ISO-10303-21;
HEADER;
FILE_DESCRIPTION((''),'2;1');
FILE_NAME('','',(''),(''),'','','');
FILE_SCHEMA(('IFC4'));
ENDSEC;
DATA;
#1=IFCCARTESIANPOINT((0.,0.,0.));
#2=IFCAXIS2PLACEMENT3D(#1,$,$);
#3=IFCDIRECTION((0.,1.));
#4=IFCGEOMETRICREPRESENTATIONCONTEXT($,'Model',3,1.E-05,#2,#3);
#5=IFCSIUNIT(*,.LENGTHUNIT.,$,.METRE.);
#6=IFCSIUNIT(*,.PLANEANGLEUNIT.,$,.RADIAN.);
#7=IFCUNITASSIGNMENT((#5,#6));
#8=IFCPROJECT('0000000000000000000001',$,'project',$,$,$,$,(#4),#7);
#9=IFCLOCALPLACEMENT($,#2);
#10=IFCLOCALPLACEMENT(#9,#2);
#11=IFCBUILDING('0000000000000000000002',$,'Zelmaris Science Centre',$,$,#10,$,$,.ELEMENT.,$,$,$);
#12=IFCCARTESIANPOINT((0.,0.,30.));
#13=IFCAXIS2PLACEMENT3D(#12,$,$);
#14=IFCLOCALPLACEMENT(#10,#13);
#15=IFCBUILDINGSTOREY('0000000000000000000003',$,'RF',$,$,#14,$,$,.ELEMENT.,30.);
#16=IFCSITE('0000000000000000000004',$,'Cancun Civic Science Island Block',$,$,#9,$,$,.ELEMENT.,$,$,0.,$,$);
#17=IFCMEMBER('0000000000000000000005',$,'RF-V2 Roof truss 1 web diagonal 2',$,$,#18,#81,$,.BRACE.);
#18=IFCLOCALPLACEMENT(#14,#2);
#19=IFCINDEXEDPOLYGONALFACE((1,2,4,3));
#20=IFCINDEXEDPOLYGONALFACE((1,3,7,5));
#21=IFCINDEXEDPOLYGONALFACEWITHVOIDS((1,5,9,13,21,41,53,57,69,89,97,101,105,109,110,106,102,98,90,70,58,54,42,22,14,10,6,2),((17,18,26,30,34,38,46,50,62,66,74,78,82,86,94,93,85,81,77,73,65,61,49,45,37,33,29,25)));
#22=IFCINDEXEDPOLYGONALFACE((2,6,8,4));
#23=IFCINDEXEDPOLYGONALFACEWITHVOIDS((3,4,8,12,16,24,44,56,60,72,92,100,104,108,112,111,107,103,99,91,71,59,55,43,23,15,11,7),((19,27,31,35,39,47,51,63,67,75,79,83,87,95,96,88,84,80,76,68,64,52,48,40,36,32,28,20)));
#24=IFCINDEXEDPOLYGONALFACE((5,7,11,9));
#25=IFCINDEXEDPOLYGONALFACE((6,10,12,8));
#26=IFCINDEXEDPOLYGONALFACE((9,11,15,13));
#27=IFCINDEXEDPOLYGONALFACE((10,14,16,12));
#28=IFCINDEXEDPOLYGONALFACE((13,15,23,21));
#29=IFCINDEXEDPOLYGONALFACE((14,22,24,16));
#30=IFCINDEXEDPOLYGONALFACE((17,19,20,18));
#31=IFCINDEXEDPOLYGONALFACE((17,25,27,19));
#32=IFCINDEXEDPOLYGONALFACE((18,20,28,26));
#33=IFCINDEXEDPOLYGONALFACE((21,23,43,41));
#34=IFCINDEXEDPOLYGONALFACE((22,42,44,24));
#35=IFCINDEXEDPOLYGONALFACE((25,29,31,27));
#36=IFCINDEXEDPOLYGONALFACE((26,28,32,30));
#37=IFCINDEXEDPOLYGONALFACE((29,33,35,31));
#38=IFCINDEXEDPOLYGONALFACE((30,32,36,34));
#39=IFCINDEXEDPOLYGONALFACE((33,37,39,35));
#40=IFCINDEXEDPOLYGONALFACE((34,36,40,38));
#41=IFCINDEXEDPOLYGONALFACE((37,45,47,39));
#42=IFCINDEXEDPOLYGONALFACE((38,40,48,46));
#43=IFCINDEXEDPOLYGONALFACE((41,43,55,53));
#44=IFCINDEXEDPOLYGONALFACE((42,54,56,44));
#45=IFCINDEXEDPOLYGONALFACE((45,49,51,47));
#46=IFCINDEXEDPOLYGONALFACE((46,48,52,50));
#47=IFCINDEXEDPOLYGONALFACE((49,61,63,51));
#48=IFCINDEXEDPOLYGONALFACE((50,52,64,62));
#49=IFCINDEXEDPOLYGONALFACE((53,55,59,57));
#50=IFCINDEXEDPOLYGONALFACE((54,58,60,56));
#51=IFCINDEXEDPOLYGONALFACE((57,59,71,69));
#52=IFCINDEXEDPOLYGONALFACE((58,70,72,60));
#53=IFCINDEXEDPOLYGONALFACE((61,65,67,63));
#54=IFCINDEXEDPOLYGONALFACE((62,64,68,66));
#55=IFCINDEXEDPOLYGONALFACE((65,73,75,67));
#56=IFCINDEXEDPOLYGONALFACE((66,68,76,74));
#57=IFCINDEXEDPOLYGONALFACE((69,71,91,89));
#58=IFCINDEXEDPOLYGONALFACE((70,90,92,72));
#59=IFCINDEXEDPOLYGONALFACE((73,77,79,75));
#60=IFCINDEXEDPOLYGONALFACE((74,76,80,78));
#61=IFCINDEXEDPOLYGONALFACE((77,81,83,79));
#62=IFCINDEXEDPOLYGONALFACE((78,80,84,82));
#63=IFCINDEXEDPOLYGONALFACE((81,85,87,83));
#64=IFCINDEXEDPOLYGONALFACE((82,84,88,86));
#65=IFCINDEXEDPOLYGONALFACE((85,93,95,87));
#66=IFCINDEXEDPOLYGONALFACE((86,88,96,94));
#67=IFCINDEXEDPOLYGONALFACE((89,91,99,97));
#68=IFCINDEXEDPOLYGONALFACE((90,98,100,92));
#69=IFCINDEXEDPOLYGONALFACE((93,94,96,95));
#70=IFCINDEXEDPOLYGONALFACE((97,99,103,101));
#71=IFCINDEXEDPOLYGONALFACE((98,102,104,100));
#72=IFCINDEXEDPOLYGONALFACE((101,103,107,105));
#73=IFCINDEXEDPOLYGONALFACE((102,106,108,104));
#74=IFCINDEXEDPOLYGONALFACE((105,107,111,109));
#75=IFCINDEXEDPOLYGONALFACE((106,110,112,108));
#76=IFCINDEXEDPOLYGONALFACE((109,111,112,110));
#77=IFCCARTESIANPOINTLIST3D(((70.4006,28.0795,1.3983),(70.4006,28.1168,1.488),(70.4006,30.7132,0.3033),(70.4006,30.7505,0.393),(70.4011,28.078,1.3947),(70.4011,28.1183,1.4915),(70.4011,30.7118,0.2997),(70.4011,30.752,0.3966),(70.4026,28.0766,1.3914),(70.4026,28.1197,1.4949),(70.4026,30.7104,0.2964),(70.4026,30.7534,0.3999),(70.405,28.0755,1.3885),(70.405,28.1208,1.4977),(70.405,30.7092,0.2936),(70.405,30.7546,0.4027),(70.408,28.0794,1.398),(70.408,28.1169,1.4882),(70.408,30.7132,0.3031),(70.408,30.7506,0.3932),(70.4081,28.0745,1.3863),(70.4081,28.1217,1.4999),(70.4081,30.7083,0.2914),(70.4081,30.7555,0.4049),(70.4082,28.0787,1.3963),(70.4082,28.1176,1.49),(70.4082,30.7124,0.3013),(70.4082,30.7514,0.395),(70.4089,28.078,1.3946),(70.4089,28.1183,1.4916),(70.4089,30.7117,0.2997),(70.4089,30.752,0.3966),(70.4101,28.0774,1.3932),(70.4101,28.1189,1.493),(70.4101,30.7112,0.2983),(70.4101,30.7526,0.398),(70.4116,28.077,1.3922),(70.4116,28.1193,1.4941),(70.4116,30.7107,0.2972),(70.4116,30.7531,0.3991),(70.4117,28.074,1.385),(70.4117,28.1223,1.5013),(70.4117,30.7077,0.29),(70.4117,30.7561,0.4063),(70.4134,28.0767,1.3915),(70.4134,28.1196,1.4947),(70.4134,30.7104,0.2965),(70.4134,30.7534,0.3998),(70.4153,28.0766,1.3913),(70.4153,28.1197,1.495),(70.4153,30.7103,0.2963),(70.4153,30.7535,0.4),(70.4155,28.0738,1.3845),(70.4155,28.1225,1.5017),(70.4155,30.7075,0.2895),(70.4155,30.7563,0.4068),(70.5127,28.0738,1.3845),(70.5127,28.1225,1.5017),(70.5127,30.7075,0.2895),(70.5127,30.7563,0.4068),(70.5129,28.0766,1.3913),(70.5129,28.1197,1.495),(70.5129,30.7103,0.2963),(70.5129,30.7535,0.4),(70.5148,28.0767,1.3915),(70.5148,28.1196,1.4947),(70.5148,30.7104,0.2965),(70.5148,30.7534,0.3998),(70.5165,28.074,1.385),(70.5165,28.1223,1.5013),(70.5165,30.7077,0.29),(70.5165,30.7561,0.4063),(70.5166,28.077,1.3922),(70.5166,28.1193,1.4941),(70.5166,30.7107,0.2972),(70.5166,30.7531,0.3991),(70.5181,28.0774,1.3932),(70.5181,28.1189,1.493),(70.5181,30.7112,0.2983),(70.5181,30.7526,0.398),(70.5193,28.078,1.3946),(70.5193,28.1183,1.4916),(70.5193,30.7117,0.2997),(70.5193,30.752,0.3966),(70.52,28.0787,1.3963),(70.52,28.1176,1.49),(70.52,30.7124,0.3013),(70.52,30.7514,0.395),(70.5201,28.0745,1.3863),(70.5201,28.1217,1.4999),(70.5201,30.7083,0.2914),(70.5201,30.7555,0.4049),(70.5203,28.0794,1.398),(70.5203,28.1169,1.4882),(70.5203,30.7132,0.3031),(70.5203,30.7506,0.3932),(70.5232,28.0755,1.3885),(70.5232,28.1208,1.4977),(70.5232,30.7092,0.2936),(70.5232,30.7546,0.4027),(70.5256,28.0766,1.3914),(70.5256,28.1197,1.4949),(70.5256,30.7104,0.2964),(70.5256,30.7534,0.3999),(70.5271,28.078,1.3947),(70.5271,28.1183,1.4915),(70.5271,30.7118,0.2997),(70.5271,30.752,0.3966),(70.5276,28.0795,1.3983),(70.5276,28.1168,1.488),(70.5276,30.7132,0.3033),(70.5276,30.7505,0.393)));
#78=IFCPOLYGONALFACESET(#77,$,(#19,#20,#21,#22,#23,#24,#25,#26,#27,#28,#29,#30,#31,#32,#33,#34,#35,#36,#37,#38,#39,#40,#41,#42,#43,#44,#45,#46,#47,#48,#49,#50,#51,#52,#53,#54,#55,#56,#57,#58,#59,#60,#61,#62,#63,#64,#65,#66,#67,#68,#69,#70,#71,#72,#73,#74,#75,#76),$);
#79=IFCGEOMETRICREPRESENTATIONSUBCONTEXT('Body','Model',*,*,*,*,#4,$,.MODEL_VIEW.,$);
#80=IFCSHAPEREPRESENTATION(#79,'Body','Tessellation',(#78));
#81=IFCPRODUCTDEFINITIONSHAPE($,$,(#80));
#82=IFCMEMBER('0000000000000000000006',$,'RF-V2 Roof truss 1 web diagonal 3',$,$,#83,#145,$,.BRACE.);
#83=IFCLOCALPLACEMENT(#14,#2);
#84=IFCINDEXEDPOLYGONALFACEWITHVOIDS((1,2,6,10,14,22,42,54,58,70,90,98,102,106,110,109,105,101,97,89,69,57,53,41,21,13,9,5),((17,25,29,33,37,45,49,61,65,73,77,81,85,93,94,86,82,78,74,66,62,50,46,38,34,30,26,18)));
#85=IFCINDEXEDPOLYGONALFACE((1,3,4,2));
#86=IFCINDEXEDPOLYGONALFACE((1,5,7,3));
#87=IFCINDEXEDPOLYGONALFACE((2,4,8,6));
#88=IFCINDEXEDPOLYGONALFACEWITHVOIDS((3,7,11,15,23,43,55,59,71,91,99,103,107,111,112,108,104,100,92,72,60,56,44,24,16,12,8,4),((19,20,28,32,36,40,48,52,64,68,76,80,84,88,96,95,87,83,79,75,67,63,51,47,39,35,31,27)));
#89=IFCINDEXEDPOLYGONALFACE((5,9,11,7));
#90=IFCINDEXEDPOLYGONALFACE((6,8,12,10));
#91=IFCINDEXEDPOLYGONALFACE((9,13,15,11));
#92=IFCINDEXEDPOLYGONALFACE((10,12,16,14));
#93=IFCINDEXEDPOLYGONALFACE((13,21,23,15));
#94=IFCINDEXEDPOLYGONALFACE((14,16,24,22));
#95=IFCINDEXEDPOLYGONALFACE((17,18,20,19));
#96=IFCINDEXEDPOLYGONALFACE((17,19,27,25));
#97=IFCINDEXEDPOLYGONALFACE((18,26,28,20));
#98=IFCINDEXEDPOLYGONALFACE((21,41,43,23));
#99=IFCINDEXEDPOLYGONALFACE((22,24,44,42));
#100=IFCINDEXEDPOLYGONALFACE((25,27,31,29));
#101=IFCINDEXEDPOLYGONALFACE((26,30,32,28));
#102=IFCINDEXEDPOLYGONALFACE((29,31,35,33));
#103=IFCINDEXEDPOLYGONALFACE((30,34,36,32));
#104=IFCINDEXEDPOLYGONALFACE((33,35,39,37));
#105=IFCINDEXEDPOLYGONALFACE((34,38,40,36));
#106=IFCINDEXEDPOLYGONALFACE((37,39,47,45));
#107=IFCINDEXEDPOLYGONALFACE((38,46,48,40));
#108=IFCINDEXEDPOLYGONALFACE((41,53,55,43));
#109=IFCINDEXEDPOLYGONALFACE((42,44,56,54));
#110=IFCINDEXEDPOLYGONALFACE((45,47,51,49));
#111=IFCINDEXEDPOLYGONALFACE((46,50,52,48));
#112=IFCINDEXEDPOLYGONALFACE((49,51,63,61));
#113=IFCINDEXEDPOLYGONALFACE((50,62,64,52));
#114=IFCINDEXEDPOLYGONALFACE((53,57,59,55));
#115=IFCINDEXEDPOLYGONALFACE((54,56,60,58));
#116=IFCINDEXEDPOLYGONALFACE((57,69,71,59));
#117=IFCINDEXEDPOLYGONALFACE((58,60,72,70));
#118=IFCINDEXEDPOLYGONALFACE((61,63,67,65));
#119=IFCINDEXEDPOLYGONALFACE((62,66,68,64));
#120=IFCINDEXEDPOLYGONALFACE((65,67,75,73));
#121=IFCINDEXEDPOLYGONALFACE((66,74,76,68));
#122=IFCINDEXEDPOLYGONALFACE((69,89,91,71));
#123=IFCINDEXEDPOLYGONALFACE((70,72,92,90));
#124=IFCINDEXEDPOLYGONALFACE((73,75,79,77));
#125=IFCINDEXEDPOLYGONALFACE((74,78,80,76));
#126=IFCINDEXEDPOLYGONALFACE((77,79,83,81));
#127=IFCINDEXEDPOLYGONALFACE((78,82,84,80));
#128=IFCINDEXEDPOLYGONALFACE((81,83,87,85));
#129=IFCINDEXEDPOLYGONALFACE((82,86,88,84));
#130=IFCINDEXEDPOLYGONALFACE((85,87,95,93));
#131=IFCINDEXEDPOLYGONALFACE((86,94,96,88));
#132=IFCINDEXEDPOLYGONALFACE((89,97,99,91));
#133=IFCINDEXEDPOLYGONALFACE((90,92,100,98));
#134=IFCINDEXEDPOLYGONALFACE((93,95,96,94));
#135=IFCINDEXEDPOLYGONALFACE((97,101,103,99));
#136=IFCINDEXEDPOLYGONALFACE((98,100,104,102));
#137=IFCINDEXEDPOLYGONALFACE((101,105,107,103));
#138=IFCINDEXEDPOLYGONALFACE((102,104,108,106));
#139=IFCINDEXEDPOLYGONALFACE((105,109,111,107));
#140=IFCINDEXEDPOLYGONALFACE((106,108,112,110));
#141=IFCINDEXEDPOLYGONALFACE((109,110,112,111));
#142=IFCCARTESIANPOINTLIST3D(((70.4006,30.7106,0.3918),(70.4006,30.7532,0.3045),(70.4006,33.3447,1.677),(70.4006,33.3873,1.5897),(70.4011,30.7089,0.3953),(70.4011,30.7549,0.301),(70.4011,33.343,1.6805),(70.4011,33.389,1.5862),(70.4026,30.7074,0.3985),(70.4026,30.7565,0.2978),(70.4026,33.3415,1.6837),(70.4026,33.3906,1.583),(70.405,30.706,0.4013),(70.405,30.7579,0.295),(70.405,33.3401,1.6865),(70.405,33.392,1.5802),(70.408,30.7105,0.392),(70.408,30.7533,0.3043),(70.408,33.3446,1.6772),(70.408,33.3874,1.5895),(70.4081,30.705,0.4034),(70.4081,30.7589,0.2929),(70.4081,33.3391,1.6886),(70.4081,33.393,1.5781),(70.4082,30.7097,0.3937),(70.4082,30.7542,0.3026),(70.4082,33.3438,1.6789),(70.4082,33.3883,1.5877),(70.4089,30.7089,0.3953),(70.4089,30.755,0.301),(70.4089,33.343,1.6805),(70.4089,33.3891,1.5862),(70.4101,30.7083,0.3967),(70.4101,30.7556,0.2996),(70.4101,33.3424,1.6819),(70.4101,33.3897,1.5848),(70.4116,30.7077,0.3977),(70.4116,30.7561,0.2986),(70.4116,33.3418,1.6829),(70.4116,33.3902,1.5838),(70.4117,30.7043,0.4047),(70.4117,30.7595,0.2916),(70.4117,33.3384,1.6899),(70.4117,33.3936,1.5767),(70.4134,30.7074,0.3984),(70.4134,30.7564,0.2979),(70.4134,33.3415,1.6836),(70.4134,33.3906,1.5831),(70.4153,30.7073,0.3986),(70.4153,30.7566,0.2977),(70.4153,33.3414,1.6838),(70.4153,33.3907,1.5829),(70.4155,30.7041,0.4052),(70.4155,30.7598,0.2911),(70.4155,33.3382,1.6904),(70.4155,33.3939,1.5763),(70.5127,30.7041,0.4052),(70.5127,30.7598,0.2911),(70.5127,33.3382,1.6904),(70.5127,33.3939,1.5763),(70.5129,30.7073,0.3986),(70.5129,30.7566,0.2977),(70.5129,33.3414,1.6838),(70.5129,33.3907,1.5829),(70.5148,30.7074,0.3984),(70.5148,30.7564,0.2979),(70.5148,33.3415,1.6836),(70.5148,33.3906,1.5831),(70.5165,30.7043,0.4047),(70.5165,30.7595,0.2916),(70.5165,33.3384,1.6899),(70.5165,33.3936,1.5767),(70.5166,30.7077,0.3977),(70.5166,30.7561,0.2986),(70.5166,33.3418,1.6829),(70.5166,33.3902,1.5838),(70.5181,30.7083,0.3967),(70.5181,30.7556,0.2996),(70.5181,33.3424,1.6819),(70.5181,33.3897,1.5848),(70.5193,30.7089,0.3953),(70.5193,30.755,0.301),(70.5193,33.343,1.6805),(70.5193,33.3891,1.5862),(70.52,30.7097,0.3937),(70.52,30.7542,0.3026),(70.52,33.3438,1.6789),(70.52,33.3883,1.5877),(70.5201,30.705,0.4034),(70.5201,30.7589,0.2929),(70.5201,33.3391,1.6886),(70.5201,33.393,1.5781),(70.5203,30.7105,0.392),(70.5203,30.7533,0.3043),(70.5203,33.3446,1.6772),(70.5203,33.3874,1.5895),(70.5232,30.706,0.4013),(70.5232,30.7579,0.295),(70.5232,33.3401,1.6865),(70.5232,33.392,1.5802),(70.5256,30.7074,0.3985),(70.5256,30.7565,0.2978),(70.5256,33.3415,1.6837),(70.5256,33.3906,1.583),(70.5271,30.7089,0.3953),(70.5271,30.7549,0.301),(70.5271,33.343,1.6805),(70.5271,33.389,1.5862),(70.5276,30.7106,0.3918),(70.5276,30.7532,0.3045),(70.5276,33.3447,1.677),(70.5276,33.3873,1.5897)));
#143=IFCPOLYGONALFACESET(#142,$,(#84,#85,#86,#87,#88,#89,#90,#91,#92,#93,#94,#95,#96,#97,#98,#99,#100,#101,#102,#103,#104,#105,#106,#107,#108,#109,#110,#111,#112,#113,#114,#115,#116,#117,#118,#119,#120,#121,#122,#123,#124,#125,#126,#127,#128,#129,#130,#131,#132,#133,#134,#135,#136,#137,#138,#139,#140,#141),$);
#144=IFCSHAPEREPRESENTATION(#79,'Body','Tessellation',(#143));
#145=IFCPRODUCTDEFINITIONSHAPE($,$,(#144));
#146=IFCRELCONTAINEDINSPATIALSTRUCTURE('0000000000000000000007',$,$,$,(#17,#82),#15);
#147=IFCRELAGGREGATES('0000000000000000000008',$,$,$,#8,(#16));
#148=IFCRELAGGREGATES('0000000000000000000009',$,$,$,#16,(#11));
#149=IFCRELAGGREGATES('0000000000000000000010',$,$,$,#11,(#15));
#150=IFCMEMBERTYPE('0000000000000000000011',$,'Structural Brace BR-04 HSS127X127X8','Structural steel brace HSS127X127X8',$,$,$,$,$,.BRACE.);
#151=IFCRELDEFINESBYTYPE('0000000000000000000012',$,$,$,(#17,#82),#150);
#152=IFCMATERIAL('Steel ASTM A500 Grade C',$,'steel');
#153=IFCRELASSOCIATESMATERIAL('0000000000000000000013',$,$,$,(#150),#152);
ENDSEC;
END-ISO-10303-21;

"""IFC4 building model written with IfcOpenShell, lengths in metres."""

from ifc_helpers import new_model, si_unit, direction, frame, origin, origin_2d, place, context, subcontext, project, spatial, hollow_rectangle, extrude, material, material_profile, profile_set, type_object, element, save


model = new_model("IFC4")

# Units and contexts
model_context = context("Model", 3, precision=1e-05, world=origin(), true_north=direction((0.0, 1.0)))
body_context = subcontext(model_context, "Body", "Model", "MODEL_VIEW")
ifc_project = project(units=[si_unit("LENGTHUNIT", "METRE"), si_unit("PLANEANGLEUNIT", "RADIAN")], contexts=[model_context])

# Site, building, storey
site_placement = place(None, origin())
site = spatial("IfcSite", under=ifc_project, at=site_placement, Name="Cancun Civic Science Island Block", CompositionType="ELEMENT", RefElevation=0.0)
building_placement = place(site_placement, origin())
building = spatial("IfcBuilding", under=site, at=building_placement, Name="Zelmaris Science Centre", CompositionType="ELEMENT")
storey_placement = place(building_placement, frame((0.0, 0.0, 30.0)))
storey = spatial("IfcBuildingStorey", under=building, at=storey_placement, Name="RF", CompositionType="ELEMENT", Elevation=30.0)

# Shared definitions
ifc_material_1 = material(Name="Steel ASTM A500 Grade C", Category="steel")

# Members
ifc_material_profile_1 = material_profile(ifc_material_1, hollow_rectangle(XDim=0.127, YDim=0.127, WallThickness=0.0073, InnerFilletRadius=0.0073, OuterFilletRadius=0.0149, at=origin_2d()), Name="HSS127X127X8")
ifc_profile_set_1 = profile_set([ifc_material_profile_1], Name="Steel ASTM A500 Grade C")
member_type_1 = type_object("IfcMemberType", Name="Structural Brace BR-04 HSS127X127X8", Description="Structural steel brace HSS127X127X8", PredefinedType="BRACE", material=ifc_profile_set_1)
member_1_placement = place(storey_placement, frame((70.4641, 28.0981, 1.4431), z_axis=(0.0, 0.923381, -0.383886), x_axis=(-1.0, 0.0, 0.0)))
element("IfcMember", 1, at=member_1_placement, inside=storey, type_object=member_type_1, Name="RF-V2 Roof truss 1 web diagonal 2", PredefinedType="BRACE", context=body_context, shape_type="SweptSolid", body=[
    extrude(hollow_rectangle(XDim=0.127, YDim=0.127, WallThickness=0.0073, InnerFilletRadius=0.0073, OuterFilletRadius=0.0149, at=origin_2d()), origin(), (0.0, 0.0, 1.0), 2.8523),
])
member_2_placement = place(storey_placement, frame((70.4641, 30.7319, 0.3481), z_axis=(0.0, 0.898733, 0.438496), x_axis=(-1.0, 0.0, 0.0)))
element("IfcMember", 2, at=member_2_placement, inside=storey, type_object=member_type_1, Name="RF-V2 Roof truss 1 web diagonal 3", PredefinedType="BRACE", context=body_context, shape_type="SweptSolid", body=[
    extrude(hollow_rectangle(XDim=0.127, YDim=0.127, WallThickness=0.0073, InnerFilletRadius=0.0073, OuterFilletRadius=0.0149, at=origin_2d()), origin(), (0.0, 0.0, 1.0), 2.9309),
])

save(model, "model.ifc")
